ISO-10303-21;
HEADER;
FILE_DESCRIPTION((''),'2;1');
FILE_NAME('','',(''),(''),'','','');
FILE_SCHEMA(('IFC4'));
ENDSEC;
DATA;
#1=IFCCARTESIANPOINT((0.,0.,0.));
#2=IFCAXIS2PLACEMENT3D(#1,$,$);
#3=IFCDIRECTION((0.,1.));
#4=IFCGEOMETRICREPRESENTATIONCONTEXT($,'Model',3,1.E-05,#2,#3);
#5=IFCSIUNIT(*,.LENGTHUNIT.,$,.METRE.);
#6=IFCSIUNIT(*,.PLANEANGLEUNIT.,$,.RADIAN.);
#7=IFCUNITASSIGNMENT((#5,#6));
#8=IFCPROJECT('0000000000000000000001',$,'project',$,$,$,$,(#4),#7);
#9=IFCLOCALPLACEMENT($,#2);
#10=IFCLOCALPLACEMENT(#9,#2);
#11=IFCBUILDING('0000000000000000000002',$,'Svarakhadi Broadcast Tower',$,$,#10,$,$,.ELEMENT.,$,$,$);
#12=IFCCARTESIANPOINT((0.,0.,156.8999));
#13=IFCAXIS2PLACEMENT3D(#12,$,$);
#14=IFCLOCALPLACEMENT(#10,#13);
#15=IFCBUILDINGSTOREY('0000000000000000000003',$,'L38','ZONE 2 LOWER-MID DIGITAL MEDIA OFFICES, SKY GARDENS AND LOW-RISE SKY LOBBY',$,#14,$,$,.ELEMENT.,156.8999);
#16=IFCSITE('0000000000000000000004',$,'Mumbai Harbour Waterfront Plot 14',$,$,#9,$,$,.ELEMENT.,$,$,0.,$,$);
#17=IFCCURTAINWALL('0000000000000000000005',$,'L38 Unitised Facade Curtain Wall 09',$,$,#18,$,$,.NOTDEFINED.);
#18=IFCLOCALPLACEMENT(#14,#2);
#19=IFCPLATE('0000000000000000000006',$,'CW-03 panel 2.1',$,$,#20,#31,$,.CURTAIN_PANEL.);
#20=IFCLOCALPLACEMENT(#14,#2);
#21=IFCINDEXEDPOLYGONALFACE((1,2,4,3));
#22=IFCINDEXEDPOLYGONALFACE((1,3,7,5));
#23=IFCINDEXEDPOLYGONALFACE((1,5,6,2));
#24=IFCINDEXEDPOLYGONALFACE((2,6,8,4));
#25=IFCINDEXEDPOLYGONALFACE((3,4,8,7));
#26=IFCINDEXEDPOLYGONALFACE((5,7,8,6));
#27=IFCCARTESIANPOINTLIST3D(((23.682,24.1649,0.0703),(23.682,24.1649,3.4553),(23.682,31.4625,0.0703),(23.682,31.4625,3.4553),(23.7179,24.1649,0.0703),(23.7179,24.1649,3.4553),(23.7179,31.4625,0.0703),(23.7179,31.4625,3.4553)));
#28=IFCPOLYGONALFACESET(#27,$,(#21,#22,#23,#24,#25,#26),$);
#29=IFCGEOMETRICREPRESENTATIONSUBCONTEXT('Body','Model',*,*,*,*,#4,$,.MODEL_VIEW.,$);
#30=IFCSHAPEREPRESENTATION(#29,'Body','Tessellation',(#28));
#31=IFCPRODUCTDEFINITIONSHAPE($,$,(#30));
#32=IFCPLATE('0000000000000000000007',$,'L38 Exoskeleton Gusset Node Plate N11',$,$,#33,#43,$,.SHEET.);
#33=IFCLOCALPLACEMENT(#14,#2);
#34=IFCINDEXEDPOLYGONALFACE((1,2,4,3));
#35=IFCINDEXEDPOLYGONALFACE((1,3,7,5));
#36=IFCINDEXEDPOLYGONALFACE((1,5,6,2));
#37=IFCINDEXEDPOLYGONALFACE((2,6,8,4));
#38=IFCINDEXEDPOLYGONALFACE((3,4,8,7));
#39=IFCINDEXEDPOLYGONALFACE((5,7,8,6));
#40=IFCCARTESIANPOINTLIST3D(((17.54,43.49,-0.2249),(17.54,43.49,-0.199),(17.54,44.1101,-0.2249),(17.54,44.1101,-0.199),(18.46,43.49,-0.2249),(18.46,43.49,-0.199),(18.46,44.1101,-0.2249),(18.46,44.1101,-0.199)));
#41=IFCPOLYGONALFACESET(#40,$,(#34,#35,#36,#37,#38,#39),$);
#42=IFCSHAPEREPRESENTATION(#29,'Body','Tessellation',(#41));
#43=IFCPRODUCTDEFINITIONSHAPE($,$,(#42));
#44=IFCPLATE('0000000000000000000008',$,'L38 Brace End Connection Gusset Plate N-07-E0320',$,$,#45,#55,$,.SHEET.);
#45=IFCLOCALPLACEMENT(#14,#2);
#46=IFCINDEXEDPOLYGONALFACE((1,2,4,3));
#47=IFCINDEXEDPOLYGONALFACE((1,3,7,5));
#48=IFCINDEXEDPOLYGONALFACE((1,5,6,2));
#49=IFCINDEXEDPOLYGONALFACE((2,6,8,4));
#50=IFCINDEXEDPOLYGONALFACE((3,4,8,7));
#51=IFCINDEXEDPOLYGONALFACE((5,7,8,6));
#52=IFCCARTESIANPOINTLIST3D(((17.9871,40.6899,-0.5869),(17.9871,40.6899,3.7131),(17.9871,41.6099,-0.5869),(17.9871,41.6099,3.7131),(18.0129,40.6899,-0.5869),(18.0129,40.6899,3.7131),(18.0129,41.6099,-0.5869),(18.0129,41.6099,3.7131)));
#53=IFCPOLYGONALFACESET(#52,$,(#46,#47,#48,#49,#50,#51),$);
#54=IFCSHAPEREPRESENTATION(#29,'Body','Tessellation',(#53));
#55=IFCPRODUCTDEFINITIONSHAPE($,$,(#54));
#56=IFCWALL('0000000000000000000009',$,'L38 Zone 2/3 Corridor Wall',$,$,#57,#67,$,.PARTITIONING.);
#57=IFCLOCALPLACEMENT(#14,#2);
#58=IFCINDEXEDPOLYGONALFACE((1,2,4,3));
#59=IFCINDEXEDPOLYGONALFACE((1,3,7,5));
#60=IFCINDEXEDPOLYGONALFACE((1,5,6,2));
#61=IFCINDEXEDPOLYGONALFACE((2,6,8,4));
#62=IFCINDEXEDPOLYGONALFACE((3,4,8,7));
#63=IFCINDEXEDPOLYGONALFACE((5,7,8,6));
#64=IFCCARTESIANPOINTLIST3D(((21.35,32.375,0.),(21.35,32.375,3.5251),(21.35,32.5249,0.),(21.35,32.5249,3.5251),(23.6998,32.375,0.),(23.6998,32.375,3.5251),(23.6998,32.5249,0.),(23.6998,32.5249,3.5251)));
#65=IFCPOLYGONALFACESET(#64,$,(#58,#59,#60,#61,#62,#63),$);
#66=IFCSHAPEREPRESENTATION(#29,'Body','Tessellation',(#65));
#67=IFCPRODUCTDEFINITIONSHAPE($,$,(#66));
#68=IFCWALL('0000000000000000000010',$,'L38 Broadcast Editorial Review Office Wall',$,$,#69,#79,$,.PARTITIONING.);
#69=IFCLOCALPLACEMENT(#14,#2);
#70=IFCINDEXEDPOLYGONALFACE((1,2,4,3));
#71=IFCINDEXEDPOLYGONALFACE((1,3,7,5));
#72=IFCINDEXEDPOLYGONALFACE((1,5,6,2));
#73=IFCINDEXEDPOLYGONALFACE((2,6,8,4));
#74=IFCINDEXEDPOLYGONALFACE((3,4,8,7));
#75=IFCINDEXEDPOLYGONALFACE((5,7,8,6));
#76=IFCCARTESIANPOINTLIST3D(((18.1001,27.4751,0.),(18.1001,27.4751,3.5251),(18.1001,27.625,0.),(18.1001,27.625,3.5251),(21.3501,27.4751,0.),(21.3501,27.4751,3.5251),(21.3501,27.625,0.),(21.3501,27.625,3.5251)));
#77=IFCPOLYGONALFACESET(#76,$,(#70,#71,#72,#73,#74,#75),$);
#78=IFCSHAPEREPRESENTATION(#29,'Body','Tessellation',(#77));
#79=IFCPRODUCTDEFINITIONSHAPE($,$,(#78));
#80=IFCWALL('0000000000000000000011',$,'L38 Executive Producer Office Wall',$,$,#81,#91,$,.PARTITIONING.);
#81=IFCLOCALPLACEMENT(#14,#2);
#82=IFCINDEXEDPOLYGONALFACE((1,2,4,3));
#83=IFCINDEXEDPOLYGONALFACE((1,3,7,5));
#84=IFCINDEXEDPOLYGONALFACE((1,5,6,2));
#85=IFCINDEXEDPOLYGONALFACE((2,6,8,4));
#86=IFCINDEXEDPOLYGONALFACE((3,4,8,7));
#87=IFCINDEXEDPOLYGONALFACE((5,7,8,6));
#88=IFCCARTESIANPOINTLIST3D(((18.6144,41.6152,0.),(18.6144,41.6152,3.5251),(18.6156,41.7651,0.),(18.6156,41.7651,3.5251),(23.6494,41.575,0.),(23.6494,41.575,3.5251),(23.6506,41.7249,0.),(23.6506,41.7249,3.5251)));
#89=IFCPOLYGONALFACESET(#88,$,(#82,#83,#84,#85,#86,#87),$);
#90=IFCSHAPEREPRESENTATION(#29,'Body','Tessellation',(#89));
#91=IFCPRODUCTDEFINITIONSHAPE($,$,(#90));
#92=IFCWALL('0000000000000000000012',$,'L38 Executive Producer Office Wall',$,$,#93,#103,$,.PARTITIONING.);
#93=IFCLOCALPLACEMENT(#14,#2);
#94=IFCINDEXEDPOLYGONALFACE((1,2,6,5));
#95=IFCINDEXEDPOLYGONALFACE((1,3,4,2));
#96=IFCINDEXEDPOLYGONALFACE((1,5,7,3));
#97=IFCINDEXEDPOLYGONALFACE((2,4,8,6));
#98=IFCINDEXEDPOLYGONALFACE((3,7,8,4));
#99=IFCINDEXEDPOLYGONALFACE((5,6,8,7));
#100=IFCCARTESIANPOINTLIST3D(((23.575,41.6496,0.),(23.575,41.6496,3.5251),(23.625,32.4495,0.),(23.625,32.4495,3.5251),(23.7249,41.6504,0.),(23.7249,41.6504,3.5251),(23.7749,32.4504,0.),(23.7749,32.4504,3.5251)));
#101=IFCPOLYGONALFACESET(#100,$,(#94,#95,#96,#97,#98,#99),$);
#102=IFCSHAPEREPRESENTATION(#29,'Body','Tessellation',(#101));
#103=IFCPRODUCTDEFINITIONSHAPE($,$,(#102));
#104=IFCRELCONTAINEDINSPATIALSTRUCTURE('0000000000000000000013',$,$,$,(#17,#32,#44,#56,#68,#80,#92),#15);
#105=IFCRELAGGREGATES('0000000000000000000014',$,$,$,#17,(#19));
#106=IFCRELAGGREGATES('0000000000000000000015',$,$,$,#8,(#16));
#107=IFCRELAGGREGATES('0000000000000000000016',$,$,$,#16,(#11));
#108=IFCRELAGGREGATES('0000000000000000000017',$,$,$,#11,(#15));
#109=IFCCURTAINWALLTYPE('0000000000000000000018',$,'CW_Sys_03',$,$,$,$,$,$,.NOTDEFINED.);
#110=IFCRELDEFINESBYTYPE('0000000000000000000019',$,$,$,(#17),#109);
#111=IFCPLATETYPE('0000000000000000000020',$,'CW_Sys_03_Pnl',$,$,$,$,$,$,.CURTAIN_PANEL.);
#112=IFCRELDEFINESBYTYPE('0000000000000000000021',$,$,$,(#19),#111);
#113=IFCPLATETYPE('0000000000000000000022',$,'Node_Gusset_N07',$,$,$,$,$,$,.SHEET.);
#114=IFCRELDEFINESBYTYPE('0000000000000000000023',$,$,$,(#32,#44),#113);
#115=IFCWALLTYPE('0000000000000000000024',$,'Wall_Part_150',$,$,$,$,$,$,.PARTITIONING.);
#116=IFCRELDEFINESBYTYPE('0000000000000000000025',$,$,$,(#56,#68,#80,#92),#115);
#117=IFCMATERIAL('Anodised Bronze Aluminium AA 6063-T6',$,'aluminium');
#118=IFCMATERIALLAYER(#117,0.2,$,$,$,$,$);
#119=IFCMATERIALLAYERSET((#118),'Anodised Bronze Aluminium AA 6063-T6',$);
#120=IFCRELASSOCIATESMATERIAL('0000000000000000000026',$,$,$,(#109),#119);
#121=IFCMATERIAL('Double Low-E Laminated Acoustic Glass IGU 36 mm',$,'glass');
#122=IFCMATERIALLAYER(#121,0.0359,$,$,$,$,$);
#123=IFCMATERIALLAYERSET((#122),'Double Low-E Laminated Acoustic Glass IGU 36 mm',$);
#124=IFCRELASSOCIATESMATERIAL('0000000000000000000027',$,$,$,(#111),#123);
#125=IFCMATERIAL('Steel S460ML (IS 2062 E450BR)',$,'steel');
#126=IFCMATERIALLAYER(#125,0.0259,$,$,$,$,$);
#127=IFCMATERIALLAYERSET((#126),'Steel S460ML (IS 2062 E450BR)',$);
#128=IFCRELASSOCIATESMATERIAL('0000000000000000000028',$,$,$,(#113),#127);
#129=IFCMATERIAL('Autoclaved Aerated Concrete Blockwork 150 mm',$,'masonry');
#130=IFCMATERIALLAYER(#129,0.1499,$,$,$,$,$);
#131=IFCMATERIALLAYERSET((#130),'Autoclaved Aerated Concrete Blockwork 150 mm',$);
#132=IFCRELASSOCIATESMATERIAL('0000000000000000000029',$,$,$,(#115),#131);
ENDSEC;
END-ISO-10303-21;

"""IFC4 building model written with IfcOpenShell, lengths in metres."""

from ifc_helpers import new_model, si_unit, direction, frame, frame_2d, origin, origin_2d, place, context, subcontext, project, spatial, rectangle, extrude, material, layer, layer_set, type_object, element, aggregate, save


model = new_model("IFC4")

# Units and contexts
model_context = context("Model", 3, precision=1e-05, world=origin(), true_north=direction((0.0, 1.0)))
body_context = subcontext(model_context, "Body", "Model", "MODEL_VIEW")
ifc_project = project(units=[si_unit("LENGTHUNIT", "METRE"), si_unit("PLANEANGLEUNIT", "RADIAN")], contexts=[model_context])

# Site, building, storey
site_placement = place(None, origin())
site = spatial("IfcSite", under=ifc_project, at=site_placement, Name="Mumbai Harbour Waterfront Plot 14", CompositionType="ELEMENT", RefElevation=0.0)
building_placement = place(site_placement, origin())
building = spatial("IfcBuilding", under=site, at=building_placement, Name="Svarakhadi Broadcast Tower", CompositionType="ELEMENT")
storey_placement = place(building_placement, frame((0.0, 0.0, 156.8999)))
storey = spatial("IfcBuildingStorey", under=building, at=storey_placement, Name="L38", Description="ZONE 2 LOWER-MID DIGITAL MEDIA OFFICES, SKY GARDENS AND LOW-RISE SKY LOBBY", CompositionType="ELEMENT", Elevation=156.8999)

# Shared definitions
ifc_material_1 = material(Name="Anodised Bronze Aluminium AA 6063-T6", Category="aluminium")
ifc_layer_1 = layer(ifc_material_1, 0.2)
ifc_layer_set_1 = layer_set([ifc_layer_1], Name="Anodised Bronze Aluminium AA 6063-T6")
curtain_wall_type = type_object("IfcCurtainWallType", Name="CW_Sys_03", PredefinedType="NOTDEFINED", material=ifc_layer_set_1)

# Curtain wall
curtain_wall_1_placement = place(storey_placement, origin())
curtain_wall_1 = element("IfcCurtainWall", 1, at=curtain_wall_1_placement, inside=storey, type_object=curtain_wall_type, Name="L38 Unitised Facade Curtain Wall 09", PredefinedType="NOTDEFINED")

# Shared definitions
ifc_material_2 = material(Name="Steel S460ML (IS 2062 E450BR)", Category="steel")

# Plate
ifc_material_3 = material(Name="Double Low-E Laminated Acoustic Glass IGU 36 mm", Category="glass")
ifc_layer_2 = layer(ifc_material_3, 0.0359)
ifc_layer_set_2 = layer_set([ifc_layer_2], Name="Double Low-E Laminated Acoustic Glass IGU 36 mm")
plate_type_1 = type_object("IfcPlateType", Name="CW_Sys_03_Pnl", PredefinedType="CURTAIN_PANEL", material=ifc_layer_set_2)
plate_1_placement = place(storey_placement, frame((23.7, 27.8137, 0.0703), z_axis=(0.0, 0.0, 1.0), x_axis=(0.0, -1.0, 0.0)))
plate_1 = element("IfcPlate", 2, at=plate_1_placement, type_object=plate_type_1, Name="CW-03 panel 2.1", PredefinedType="CURTAIN_PANEL", context=body_context, shape_type="SweptSolid", body=[
    extrude(rectangle(XDim=7.2976, YDim=0.0359, at=origin_2d()), origin(), (0.0, 0.0, 1.0), 3.385),
])
aggregate(curtain_wall_1, [plate_1])

# Plates
ifc_layer_3 = layer(ifc_material_2, 0.0259)
ifc_layer_set_3 = layer_set([ifc_layer_3], Name="Steel S460ML (IS 2062 E450BR)")
plate_type_2 = type_object("IfcPlateType", Name="Node_Gusset_N07", PredefinedType="SHEET", material=ifc_layer_set_3)
plate_2_placement = place(storey_placement, frame((18.0, 43.8, -0.2249), z_axis=(0.0, 0.0, 1.0), x_axis=(1.0, 0.0, 0.0)))
element("IfcPlate", 3, at=plate_2_placement, inside=storey, type_object=plate_type_2, Name="L38 Exoskeleton Gusset Node Plate N11", PredefinedType="SHEET", context=body_context, shape_type="SweptSolid", body=[
    extrude(rectangle(XDim=0.9199, YDim=0.6201, at=origin_2d()), origin(), (0.0, 0.0, 1.0), 0.0259),
])
plate_3_placement = place(storey_placement, frame((18.0, 41.1499, -0.5869), z_axis=(0.0, 0.0, 1.0), x_axis=(0.0, 1.0, 0.0)))
element("IfcPlate", 4, at=plate_3_placement, inside=storey, type_object=plate_type_2, Name="L38 Brace End Connection Gusset Plate N-07-E0320", PredefinedType="SHEET", context=body_context, shape_type="SweptSolid", body=[
    extrude(rectangle(XDim=0.9199, YDim=0.0259, at=origin_2d()), origin(), (0.0, 0.0, 1.0), 4.3),
])

# Shared definitions
ifc_material_4 = material(Name="Autoclaved Aerated Concrete Blockwork 150 mm", Category="masonry")
ifc_layer_4 = layer(ifc_material_4, 0.1499)
ifc_layer_set_4 = layer_set([ifc_layer_4], Name="Autoclaved Aerated Concrete Blockwork 150 mm")
wall_type = type_object("IfcWallType", Name="Wall_Part_150", PredefinedType="PARTITIONING", material=ifc_layer_set_4)

# Walls
wall_1_placement = place(storey_placement, frame((21.3501, 32.45, 0.0), z_axis=(0.0, 0.0, 1.0), x_axis=(1.0, 0.0, 0.0)))
element("IfcWall", 5, at=wall_1_placement, inside=storey, type_object=wall_type, Name="L38 Zone 2/3 Corridor Wall", PredefinedType="PARTITIONING", context=body_context, shape_type="SweptSolid", body=[
    extrude(rectangle(XDim=2.3499, YDim=0.1499, at=frame_2d((1.1748, 0.0))), origin(), (0.0, 0.0, 1.0), 3.5251),
])
wall_2_placement = place(storey_placement, frame((18.1001, 27.55, 0.0), z_axis=(0.0, 0.0, 1.0), x_axis=(1.0, 0.0, 0.0)))
element("IfcWall", 6, at=wall_2_placement, inside=storey, type_object=wall_type, Name="L38 Broadcast Editorial Review Office Wall", PredefinedType="PARTITIONING", context=body_context, shape_type="SweptSolid", body=[
    extrude(rectangle(XDim=3.25, YDim=0.1499, at=frame_2d((1.625, 0.0))), origin(), (0.0, 0.0, 1.0), 3.5251),
])
wall_3_placement = place(storey_placement, frame((18.615, 41.6902, 0.0), z_axis=(0.0, 0.0, 1.0), x_axis=(0.999968, -0.008001, 0.0)))
element("IfcWall", 7, at=wall_3_placement, inside=storey, type_object=wall_type, Name="L38 Executive Producer Office Wall", PredefinedType="PARTITIONING", context=body_context, shape_type="SweptSolid", body=[
    extrude(rectangle(XDim=5.0352, YDim=0.1499, at=frame_2d((2.5176, 0.0))), origin(), (0.0, 0.0, 1.0), 3.5251),
])
wall_4_placement = place(storey_placement, frame((23.7, 32.45, 0.0), z_axis=(0.0, 0.0, 1.0), x_axis=(-0.00544, 0.999985, 0.0)))
element("IfcWall", 8, at=wall_4_placement, inside=storey, type_object=wall_type, Name="L38 Executive Producer Office Wall", PredefinedType="PARTITIONING", context=body_context, shape_type="SweptSolid", body=[
    extrude(rectangle(XDim=9.2002, YDim=0.1499, at=frame_2d((4.6001, 0.0))), origin(), (0.0, 0.0, 1.0), 3.5251),
])

save(model, "model.ifc")
